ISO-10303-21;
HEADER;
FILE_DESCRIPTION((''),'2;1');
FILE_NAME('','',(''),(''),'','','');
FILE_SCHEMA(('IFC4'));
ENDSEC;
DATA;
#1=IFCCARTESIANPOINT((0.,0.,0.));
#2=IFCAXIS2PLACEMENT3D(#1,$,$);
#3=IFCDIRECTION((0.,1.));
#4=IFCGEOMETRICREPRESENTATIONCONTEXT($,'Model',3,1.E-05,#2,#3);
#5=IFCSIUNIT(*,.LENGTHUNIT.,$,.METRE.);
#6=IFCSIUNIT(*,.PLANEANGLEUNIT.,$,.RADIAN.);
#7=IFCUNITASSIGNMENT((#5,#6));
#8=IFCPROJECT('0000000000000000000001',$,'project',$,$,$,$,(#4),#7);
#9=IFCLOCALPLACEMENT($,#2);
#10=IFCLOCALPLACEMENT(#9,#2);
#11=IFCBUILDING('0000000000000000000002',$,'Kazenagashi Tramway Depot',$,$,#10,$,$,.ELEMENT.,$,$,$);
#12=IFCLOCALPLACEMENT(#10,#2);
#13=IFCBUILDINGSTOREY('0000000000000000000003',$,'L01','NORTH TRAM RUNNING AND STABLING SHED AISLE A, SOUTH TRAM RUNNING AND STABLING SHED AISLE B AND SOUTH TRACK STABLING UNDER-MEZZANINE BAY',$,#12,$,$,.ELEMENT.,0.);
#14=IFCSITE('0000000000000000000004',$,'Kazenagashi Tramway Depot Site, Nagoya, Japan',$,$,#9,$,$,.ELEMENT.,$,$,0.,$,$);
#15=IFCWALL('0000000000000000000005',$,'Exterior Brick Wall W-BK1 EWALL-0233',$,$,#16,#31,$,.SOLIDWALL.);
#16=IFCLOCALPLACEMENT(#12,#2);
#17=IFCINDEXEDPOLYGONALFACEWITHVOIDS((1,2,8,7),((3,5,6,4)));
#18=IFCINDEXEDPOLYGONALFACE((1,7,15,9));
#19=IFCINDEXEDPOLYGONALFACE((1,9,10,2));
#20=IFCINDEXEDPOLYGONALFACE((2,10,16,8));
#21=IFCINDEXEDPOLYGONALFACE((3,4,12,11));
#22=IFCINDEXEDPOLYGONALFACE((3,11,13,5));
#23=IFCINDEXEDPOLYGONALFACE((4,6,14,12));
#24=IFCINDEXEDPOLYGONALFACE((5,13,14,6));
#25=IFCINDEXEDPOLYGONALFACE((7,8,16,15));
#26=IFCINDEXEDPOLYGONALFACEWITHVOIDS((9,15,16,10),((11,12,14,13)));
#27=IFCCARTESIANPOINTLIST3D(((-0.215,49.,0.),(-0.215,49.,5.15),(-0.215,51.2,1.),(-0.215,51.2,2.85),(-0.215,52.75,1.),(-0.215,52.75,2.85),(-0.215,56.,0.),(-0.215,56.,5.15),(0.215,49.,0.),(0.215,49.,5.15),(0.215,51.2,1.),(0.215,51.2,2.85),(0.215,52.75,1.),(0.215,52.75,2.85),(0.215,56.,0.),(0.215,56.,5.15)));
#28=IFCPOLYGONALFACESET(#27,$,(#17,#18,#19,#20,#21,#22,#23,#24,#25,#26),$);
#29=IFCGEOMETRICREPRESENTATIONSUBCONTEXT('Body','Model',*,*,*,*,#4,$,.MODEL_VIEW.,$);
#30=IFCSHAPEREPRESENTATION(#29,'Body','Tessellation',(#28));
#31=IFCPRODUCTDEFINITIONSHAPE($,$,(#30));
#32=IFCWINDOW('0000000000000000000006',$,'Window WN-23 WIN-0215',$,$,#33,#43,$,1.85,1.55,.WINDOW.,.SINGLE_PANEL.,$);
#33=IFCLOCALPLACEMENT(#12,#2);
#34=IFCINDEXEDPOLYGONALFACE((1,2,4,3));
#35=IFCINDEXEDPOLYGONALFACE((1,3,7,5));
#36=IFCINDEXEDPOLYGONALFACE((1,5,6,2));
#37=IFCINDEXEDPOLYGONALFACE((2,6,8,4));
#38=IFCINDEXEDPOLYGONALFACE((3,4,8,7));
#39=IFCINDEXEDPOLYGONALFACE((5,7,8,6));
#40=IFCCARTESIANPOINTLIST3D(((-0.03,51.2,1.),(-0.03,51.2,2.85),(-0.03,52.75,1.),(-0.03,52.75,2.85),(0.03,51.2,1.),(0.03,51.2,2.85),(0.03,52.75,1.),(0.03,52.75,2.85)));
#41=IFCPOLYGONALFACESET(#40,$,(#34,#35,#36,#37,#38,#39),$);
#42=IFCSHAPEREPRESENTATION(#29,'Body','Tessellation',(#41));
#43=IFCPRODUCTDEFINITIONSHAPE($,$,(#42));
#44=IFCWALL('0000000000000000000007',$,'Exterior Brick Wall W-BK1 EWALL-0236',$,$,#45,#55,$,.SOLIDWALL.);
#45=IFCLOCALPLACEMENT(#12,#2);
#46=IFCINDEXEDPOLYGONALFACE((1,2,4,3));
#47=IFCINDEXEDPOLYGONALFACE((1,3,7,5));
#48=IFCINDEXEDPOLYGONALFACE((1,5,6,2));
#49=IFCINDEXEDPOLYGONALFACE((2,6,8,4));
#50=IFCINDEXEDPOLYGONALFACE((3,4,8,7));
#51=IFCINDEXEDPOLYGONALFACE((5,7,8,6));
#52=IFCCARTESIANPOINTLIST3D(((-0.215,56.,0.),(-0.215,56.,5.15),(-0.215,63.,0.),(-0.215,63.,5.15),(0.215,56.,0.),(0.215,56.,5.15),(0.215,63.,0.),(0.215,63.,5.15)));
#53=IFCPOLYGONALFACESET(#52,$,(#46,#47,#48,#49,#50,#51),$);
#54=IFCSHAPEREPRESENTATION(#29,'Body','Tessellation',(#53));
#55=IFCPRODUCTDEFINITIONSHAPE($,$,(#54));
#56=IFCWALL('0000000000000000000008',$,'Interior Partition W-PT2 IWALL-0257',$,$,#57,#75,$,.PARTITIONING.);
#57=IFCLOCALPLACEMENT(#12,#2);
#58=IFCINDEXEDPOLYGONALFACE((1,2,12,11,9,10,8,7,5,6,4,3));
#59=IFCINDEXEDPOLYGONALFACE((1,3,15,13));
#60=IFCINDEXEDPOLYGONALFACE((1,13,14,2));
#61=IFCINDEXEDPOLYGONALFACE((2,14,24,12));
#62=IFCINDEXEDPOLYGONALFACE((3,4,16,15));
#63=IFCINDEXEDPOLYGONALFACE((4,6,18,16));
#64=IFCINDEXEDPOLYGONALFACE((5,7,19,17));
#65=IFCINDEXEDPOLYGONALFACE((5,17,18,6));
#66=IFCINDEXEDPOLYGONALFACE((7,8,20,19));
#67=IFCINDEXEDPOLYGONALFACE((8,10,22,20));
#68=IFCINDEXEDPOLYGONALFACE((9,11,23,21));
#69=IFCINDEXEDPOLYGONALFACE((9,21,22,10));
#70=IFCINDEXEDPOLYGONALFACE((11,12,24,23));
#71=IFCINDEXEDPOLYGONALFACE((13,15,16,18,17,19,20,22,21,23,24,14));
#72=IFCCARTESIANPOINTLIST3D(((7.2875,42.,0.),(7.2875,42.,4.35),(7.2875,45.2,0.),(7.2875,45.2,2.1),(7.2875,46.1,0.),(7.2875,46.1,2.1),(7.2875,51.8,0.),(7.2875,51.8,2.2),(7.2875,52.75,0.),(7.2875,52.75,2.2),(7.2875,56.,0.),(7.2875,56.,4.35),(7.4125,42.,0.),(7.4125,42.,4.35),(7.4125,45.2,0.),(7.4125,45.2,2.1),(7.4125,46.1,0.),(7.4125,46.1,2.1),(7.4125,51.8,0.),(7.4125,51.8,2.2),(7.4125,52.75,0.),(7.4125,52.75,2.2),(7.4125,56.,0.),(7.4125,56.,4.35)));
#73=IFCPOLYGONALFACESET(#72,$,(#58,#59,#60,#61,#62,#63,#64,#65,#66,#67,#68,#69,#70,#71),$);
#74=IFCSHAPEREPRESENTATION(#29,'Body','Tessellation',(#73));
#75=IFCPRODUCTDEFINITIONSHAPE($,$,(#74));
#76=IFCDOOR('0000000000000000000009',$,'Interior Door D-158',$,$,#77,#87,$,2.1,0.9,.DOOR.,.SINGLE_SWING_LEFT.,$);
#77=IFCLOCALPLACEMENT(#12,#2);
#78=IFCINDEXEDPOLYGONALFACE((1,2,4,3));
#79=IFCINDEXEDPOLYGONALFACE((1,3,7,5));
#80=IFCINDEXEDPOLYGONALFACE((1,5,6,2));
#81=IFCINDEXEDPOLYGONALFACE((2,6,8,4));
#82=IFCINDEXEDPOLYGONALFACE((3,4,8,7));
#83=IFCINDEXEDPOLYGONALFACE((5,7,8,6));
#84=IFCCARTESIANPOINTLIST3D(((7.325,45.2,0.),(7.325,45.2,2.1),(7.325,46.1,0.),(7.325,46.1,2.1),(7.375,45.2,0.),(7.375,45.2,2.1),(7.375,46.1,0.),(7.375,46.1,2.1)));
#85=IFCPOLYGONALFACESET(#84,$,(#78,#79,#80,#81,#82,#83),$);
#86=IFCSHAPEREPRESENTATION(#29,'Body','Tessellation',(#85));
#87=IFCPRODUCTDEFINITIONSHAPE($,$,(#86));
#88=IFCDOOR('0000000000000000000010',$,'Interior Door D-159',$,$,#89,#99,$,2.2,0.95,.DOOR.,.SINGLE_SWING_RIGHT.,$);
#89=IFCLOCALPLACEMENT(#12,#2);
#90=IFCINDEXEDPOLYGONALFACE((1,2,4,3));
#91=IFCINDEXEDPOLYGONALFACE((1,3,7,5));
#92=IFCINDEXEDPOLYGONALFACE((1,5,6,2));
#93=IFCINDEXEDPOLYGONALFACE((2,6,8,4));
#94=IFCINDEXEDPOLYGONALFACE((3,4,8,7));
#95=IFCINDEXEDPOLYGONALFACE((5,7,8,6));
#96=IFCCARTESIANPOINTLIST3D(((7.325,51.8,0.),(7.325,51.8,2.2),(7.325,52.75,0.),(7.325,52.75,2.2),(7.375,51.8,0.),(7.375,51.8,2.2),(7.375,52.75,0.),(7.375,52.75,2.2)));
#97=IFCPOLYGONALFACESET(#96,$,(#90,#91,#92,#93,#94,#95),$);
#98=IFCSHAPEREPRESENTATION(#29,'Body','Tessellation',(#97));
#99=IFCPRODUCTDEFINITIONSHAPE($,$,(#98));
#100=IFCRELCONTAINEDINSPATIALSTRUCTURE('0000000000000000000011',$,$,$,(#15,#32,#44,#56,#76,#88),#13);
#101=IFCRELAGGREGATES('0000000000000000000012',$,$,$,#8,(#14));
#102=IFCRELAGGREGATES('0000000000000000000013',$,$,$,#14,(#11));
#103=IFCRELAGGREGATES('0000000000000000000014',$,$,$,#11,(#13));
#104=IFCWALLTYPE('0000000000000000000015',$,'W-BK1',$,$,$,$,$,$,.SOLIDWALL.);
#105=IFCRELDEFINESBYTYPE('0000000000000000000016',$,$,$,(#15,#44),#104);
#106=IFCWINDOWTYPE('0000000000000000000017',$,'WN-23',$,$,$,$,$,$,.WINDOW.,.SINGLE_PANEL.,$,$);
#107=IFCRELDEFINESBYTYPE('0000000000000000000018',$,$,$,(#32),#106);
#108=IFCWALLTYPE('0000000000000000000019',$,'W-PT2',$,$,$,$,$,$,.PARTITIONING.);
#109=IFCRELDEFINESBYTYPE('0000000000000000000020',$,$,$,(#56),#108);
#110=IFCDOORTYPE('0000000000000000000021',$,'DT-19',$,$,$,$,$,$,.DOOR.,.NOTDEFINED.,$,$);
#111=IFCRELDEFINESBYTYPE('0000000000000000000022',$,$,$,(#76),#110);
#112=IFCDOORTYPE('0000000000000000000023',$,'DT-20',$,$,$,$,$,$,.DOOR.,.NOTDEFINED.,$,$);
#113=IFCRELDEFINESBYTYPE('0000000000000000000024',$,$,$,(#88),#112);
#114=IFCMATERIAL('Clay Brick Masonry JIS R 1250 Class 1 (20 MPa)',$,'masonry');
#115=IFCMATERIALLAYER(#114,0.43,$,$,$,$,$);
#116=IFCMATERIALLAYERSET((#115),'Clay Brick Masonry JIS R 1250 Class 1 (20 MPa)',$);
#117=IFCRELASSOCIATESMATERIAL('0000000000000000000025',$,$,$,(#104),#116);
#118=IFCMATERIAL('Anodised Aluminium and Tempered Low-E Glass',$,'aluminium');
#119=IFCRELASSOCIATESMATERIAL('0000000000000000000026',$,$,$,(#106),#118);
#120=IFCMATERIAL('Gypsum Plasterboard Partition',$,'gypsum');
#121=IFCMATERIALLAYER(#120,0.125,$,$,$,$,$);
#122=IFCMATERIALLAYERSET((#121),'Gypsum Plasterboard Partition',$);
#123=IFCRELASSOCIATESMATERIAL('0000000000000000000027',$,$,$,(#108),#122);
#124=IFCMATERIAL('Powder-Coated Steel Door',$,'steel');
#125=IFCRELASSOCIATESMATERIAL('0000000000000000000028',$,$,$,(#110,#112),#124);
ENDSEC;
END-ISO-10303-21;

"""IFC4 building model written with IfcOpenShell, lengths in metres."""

from ifc_helpers import new_model, si_unit, direction, frame, frame_2d, origin, place, context, subcontext, project, spatial, rectangle, extrude, material, layer, layer_set, type_object, element, fill, save


model = new_model("IFC4")

# Units and contexts
model_context = context("Model", 3, precision=1e-05, world=origin(), true_north=direction((0.0, 1.0)))
body_context = subcontext(model_context, "Body", "Model", "MODEL_VIEW")
ifc_project = project(units=[si_unit("LENGTHUNIT", "METRE"), si_unit("PLANEANGLEUNIT", "RADIAN")], contexts=[model_context])

# Site, building, storey
site_placement = place(None, origin())
site = spatial("IfcSite", under=ifc_project, at=site_placement, Name="Kazenagashi Tramway Depot Site, Nagoya, Japan", CompositionType="ELEMENT", RefElevation=0.0)
building_placement = place(site_placement, origin())
building = spatial("IfcBuilding", under=site, at=building_placement, Name="Kazenagashi Tramway Depot", CompositionType="ELEMENT")
storey_placement = place(building_placement, origin())
storey = spatial("IfcBuildingStorey", under=building, at=storey_placement, Name="L01", Description="NORTH TRAM RUNNING AND STABLING SHED AISLE A, SOUTH TRAM RUNNING AND STABLING SHED AISLE B AND SOUTH TRACK STABLING UNDER-MEZZANINE BAY", CompositionType="ELEMENT", Elevation=0.0)

# Wall, opening, window
ifc_material_1 = material(Name="Clay Brick Masonry JIS R 1250 Class 1 (20 MPa)", Category="masonry")
ifc_layer_1 = layer(ifc_material_1, 0.43)
ifc_layer_set_1 = layer_set([ifc_layer_1], Name="Clay Brick Masonry JIS R 1250 Class 1 (20 MPa)")
wall_type_1 = type_object("IfcWallType", Name="W-BK1", PredefinedType="SOLIDWALL", material=ifc_layer_set_1)
ifc_material_2 = material(Name="Anodised Aluminium and Tempered Low-E Glass", Category="aluminium")
wall_1_placement = place(storey_placement, frame((0.0, 49.0, 0.0), z_axis=(0.0, 0.0, 1.0), x_axis=(0.0, 1.0, 0.0)))
wall_1 = element("IfcWall", 1, at=wall_1_placement, inside=storey, type_object=wall_type_1, Name="Exterior Brick Wall W-BK1 EWALL-0233", PredefinedType="SOLIDWALL", context=body_context, shape_type="SweptSolid", body=[
    extrude(rectangle(XDim=7.0, YDim=0.43, at=frame_2d((3.5, 0.0))), origin(), (0.0, 0.0, 1.0), 5.15),
])
opening_1_placement = place(wall_1_placement, frame((2.2, 0.0, 1.0)))
opening_1 = element("IfcOpeningElement", 2, at=opening_1_placement, cuts=wall_1, PredefinedType="OPENING", context=body_context, shape_type="SweptSolid", body=[
    extrude(rectangle(XDim=1.55, YDim=1.85, at=frame_2d((0.775, 0.925))), frame((0.0, 0.225, 0.0), z_axis=(0.0, -1.0, 0.0), x_axis=(1.0, 0.0, 0.0)), (0.0, 0.0, 1.0), 0.45),
])
window_type_1 = type_object("IfcWindowType", Name="WN-23", PartitioningType="SINGLE_PANEL", PredefinedType="WINDOW", material=ifc_material_2)
window_1_placement = place(opening_1_placement, origin())
window_1 = element("IfcWindow", 3, at=window_1_placement, inside=storey, type_object=window_type_1, Name="Window WN-23 WIN-0215", OverallHeight=1.85, OverallWidth=1.55, PartitioningType="SINGLE_PANEL", PredefinedType="WINDOW", context=body_context, shape_type="SweptSolid", body=[
    extrude(rectangle(XDim=1.55, YDim=1.85, at=frame_2d((0.775, 0.925))), frame((0.0, 0.03, 0.0), z_axis=(0.0, -1.0, 0.0), x_axis=(1.0, 0.0, 0.0)), (0.0, 0.0, 1.0), 0.06),
])
fill(opening_1, window_1)

# Wall
wall_2_placement = place(storey_placement, frame((0.0, 56.0, 0.0), z_axis=(0.0, 0.0, 1.0), x_axis=(0.0, 1.0, 0.0)))
element("IfcWall", 4, at=wall_2_placement, inside=storey, type_object=wall_type_1, Name="Exterior Brick Wall W-BK1 EWALL-0236", PredefinedType="SOLIDWALL", context=body_context, shape_type="SweptSolid", body=[
    extrude(rectangle(XDim=7.0, YDim=0.43, at=frame_2d((3.5, 0.0))), origin(), (0.0, 0.0, 1.0), 5.15),
])

# Wall, openings, doors
ifc_material_3 = material(Name="Gypsum Plasterboard Partition", Category="gypsum")
ifc_layer_2 = layer(ifc_material_3, 0.125)
ifc_layer_set_2 = layer_set([ifc_layer_2], Name="Gypsum Plasterboard Partition")
wall_type_2 = type_object("IfcWallType", Name="W-PT2", PredefinedType="PARTITIONING", material=ifc_layer_set_2)
wall_3_placement = place(storey_placement, frame((7.35, 42.0, 0.0), z_axis=(0.0, 0.0, 1.0), x_axis=(0.0, 1.0, 0.0)))
wall_3 = element("IfcWall", 5, at=wall_3_placement, inside=storey, type_object=wall_type_2, Name="Interior Partition W-PT2 IWALL-0257", PredefinedType="PARTITIONING", context=body_context, shape_type="SweptSolid", body=[
    extrude(rectangle(XDim=14.0, YDim=0.125, at=frame_2d((7.0, 0.0))), origin(), (0.0, 0.0, 1.0), 4.35),
])
opening_2_placement = place(wall_3_placement, frame((3.2, 0.0, 0.0)))
opening_2 = element("IfcOpeningElement", 6, at=opening_2_placement, cuts=wall_3, PredefinedType="OPENING", context=body_context, shape_type="SweptSolid", body=[
    extrude(rectangle(XDim=0.9, YDim=2.1, at=frame_2d((0.45, 1.05))), frame((0.0, 0.0725, 0.0), z_axis=(0.0, -1.0, 0.0), x_axis=(1.0, 0.0, 0.0)), (0.0, 0.0, 1.0), 0.145),
])
opening_3_placement = place(wall_3_placement, frame((9.8, 0.0, 0.0)))
opening_3 = element("IfcOpeningElement", 7, at=opening_3_placement, cuts=wall_3, PredefinedType="OPENING", context=body_context, shape_type="SweptSolid", body=[
    extrude(rectangle(XDim=0.95, YDim=2.2, at=frame_2d((0.475, 1.1))), frame((0.0, 0.0725, 0.0), z_axis=(0.0, -1.0, 0.0), x_axis=(1.0, 0.0, 0.0)), (0.0, 0.0, 1.0), 0.145),
])
ifc_material_4 = material(Name="Powder-Coated Steel Door", Category="steel")
door_type_1 = type_object("IfcDoorType", Name="DT-19", OperationType="NOTDEFINED", PredefinedType="DOOR", material=ifc_material_4)
door_1_placement = place(opening_2_placement, origin())
door_1 = element("IfcDoor", 8, at=door_1_placement, inside=storey, type_object=door_type_1, Name="Interior Door D-158", OperationType="SINGLE_SWING_LEFT", OverallHeight=2.1, OverallWidth=0.9, PredefinedType="DOOR", context=body_context, shape_type="SweptSolid", body=[
    extrude(rectangle(XDim=0.9, YDim=2.1, at=frame_2d((0.45, 1.05))), frame((0.0, 0.025, 0.0), z_axis=(0.0, -1.0, 0.0), x_axis=(1.0, 0.0, 0.0)), (0.0, 0.0, 1.0), 0.05),
])
fill(opening_2, door_1)
door_type_2 = type_object("IfcDoorType", Name="DT-20", OperationType="NOTDEFINED", PredefinedType="DOOR", material=ifc_material_4)
door_2_placement = place(opening_3_placement, origin())
door_2 = element("IfcDoor", 9, at=door_2_placement, inside=storey, type_object=door_type_2, Name="Interior Door D-159", OperationType="SINGLE_SWING_RIGHT", OverallHeight=2.2, OverallWidth=0.95, PredefinedType="DOOR", context=body_context, shape_type="SweptSolid", body=[
    extrude(rectangle(XDim=0.95, YDim=2.2, at=frame_2d((0.475, 1.1))), frame((0.0, 0.025, 0.0), z_axis=(0.0, -1.0, 0.0), x_axis=(1.0, 0.0, 0.0)), (0.0, 0.0, 1.0), 0.05),
])
fill(opening_3, door_2)

save(model, "model.ifc")
